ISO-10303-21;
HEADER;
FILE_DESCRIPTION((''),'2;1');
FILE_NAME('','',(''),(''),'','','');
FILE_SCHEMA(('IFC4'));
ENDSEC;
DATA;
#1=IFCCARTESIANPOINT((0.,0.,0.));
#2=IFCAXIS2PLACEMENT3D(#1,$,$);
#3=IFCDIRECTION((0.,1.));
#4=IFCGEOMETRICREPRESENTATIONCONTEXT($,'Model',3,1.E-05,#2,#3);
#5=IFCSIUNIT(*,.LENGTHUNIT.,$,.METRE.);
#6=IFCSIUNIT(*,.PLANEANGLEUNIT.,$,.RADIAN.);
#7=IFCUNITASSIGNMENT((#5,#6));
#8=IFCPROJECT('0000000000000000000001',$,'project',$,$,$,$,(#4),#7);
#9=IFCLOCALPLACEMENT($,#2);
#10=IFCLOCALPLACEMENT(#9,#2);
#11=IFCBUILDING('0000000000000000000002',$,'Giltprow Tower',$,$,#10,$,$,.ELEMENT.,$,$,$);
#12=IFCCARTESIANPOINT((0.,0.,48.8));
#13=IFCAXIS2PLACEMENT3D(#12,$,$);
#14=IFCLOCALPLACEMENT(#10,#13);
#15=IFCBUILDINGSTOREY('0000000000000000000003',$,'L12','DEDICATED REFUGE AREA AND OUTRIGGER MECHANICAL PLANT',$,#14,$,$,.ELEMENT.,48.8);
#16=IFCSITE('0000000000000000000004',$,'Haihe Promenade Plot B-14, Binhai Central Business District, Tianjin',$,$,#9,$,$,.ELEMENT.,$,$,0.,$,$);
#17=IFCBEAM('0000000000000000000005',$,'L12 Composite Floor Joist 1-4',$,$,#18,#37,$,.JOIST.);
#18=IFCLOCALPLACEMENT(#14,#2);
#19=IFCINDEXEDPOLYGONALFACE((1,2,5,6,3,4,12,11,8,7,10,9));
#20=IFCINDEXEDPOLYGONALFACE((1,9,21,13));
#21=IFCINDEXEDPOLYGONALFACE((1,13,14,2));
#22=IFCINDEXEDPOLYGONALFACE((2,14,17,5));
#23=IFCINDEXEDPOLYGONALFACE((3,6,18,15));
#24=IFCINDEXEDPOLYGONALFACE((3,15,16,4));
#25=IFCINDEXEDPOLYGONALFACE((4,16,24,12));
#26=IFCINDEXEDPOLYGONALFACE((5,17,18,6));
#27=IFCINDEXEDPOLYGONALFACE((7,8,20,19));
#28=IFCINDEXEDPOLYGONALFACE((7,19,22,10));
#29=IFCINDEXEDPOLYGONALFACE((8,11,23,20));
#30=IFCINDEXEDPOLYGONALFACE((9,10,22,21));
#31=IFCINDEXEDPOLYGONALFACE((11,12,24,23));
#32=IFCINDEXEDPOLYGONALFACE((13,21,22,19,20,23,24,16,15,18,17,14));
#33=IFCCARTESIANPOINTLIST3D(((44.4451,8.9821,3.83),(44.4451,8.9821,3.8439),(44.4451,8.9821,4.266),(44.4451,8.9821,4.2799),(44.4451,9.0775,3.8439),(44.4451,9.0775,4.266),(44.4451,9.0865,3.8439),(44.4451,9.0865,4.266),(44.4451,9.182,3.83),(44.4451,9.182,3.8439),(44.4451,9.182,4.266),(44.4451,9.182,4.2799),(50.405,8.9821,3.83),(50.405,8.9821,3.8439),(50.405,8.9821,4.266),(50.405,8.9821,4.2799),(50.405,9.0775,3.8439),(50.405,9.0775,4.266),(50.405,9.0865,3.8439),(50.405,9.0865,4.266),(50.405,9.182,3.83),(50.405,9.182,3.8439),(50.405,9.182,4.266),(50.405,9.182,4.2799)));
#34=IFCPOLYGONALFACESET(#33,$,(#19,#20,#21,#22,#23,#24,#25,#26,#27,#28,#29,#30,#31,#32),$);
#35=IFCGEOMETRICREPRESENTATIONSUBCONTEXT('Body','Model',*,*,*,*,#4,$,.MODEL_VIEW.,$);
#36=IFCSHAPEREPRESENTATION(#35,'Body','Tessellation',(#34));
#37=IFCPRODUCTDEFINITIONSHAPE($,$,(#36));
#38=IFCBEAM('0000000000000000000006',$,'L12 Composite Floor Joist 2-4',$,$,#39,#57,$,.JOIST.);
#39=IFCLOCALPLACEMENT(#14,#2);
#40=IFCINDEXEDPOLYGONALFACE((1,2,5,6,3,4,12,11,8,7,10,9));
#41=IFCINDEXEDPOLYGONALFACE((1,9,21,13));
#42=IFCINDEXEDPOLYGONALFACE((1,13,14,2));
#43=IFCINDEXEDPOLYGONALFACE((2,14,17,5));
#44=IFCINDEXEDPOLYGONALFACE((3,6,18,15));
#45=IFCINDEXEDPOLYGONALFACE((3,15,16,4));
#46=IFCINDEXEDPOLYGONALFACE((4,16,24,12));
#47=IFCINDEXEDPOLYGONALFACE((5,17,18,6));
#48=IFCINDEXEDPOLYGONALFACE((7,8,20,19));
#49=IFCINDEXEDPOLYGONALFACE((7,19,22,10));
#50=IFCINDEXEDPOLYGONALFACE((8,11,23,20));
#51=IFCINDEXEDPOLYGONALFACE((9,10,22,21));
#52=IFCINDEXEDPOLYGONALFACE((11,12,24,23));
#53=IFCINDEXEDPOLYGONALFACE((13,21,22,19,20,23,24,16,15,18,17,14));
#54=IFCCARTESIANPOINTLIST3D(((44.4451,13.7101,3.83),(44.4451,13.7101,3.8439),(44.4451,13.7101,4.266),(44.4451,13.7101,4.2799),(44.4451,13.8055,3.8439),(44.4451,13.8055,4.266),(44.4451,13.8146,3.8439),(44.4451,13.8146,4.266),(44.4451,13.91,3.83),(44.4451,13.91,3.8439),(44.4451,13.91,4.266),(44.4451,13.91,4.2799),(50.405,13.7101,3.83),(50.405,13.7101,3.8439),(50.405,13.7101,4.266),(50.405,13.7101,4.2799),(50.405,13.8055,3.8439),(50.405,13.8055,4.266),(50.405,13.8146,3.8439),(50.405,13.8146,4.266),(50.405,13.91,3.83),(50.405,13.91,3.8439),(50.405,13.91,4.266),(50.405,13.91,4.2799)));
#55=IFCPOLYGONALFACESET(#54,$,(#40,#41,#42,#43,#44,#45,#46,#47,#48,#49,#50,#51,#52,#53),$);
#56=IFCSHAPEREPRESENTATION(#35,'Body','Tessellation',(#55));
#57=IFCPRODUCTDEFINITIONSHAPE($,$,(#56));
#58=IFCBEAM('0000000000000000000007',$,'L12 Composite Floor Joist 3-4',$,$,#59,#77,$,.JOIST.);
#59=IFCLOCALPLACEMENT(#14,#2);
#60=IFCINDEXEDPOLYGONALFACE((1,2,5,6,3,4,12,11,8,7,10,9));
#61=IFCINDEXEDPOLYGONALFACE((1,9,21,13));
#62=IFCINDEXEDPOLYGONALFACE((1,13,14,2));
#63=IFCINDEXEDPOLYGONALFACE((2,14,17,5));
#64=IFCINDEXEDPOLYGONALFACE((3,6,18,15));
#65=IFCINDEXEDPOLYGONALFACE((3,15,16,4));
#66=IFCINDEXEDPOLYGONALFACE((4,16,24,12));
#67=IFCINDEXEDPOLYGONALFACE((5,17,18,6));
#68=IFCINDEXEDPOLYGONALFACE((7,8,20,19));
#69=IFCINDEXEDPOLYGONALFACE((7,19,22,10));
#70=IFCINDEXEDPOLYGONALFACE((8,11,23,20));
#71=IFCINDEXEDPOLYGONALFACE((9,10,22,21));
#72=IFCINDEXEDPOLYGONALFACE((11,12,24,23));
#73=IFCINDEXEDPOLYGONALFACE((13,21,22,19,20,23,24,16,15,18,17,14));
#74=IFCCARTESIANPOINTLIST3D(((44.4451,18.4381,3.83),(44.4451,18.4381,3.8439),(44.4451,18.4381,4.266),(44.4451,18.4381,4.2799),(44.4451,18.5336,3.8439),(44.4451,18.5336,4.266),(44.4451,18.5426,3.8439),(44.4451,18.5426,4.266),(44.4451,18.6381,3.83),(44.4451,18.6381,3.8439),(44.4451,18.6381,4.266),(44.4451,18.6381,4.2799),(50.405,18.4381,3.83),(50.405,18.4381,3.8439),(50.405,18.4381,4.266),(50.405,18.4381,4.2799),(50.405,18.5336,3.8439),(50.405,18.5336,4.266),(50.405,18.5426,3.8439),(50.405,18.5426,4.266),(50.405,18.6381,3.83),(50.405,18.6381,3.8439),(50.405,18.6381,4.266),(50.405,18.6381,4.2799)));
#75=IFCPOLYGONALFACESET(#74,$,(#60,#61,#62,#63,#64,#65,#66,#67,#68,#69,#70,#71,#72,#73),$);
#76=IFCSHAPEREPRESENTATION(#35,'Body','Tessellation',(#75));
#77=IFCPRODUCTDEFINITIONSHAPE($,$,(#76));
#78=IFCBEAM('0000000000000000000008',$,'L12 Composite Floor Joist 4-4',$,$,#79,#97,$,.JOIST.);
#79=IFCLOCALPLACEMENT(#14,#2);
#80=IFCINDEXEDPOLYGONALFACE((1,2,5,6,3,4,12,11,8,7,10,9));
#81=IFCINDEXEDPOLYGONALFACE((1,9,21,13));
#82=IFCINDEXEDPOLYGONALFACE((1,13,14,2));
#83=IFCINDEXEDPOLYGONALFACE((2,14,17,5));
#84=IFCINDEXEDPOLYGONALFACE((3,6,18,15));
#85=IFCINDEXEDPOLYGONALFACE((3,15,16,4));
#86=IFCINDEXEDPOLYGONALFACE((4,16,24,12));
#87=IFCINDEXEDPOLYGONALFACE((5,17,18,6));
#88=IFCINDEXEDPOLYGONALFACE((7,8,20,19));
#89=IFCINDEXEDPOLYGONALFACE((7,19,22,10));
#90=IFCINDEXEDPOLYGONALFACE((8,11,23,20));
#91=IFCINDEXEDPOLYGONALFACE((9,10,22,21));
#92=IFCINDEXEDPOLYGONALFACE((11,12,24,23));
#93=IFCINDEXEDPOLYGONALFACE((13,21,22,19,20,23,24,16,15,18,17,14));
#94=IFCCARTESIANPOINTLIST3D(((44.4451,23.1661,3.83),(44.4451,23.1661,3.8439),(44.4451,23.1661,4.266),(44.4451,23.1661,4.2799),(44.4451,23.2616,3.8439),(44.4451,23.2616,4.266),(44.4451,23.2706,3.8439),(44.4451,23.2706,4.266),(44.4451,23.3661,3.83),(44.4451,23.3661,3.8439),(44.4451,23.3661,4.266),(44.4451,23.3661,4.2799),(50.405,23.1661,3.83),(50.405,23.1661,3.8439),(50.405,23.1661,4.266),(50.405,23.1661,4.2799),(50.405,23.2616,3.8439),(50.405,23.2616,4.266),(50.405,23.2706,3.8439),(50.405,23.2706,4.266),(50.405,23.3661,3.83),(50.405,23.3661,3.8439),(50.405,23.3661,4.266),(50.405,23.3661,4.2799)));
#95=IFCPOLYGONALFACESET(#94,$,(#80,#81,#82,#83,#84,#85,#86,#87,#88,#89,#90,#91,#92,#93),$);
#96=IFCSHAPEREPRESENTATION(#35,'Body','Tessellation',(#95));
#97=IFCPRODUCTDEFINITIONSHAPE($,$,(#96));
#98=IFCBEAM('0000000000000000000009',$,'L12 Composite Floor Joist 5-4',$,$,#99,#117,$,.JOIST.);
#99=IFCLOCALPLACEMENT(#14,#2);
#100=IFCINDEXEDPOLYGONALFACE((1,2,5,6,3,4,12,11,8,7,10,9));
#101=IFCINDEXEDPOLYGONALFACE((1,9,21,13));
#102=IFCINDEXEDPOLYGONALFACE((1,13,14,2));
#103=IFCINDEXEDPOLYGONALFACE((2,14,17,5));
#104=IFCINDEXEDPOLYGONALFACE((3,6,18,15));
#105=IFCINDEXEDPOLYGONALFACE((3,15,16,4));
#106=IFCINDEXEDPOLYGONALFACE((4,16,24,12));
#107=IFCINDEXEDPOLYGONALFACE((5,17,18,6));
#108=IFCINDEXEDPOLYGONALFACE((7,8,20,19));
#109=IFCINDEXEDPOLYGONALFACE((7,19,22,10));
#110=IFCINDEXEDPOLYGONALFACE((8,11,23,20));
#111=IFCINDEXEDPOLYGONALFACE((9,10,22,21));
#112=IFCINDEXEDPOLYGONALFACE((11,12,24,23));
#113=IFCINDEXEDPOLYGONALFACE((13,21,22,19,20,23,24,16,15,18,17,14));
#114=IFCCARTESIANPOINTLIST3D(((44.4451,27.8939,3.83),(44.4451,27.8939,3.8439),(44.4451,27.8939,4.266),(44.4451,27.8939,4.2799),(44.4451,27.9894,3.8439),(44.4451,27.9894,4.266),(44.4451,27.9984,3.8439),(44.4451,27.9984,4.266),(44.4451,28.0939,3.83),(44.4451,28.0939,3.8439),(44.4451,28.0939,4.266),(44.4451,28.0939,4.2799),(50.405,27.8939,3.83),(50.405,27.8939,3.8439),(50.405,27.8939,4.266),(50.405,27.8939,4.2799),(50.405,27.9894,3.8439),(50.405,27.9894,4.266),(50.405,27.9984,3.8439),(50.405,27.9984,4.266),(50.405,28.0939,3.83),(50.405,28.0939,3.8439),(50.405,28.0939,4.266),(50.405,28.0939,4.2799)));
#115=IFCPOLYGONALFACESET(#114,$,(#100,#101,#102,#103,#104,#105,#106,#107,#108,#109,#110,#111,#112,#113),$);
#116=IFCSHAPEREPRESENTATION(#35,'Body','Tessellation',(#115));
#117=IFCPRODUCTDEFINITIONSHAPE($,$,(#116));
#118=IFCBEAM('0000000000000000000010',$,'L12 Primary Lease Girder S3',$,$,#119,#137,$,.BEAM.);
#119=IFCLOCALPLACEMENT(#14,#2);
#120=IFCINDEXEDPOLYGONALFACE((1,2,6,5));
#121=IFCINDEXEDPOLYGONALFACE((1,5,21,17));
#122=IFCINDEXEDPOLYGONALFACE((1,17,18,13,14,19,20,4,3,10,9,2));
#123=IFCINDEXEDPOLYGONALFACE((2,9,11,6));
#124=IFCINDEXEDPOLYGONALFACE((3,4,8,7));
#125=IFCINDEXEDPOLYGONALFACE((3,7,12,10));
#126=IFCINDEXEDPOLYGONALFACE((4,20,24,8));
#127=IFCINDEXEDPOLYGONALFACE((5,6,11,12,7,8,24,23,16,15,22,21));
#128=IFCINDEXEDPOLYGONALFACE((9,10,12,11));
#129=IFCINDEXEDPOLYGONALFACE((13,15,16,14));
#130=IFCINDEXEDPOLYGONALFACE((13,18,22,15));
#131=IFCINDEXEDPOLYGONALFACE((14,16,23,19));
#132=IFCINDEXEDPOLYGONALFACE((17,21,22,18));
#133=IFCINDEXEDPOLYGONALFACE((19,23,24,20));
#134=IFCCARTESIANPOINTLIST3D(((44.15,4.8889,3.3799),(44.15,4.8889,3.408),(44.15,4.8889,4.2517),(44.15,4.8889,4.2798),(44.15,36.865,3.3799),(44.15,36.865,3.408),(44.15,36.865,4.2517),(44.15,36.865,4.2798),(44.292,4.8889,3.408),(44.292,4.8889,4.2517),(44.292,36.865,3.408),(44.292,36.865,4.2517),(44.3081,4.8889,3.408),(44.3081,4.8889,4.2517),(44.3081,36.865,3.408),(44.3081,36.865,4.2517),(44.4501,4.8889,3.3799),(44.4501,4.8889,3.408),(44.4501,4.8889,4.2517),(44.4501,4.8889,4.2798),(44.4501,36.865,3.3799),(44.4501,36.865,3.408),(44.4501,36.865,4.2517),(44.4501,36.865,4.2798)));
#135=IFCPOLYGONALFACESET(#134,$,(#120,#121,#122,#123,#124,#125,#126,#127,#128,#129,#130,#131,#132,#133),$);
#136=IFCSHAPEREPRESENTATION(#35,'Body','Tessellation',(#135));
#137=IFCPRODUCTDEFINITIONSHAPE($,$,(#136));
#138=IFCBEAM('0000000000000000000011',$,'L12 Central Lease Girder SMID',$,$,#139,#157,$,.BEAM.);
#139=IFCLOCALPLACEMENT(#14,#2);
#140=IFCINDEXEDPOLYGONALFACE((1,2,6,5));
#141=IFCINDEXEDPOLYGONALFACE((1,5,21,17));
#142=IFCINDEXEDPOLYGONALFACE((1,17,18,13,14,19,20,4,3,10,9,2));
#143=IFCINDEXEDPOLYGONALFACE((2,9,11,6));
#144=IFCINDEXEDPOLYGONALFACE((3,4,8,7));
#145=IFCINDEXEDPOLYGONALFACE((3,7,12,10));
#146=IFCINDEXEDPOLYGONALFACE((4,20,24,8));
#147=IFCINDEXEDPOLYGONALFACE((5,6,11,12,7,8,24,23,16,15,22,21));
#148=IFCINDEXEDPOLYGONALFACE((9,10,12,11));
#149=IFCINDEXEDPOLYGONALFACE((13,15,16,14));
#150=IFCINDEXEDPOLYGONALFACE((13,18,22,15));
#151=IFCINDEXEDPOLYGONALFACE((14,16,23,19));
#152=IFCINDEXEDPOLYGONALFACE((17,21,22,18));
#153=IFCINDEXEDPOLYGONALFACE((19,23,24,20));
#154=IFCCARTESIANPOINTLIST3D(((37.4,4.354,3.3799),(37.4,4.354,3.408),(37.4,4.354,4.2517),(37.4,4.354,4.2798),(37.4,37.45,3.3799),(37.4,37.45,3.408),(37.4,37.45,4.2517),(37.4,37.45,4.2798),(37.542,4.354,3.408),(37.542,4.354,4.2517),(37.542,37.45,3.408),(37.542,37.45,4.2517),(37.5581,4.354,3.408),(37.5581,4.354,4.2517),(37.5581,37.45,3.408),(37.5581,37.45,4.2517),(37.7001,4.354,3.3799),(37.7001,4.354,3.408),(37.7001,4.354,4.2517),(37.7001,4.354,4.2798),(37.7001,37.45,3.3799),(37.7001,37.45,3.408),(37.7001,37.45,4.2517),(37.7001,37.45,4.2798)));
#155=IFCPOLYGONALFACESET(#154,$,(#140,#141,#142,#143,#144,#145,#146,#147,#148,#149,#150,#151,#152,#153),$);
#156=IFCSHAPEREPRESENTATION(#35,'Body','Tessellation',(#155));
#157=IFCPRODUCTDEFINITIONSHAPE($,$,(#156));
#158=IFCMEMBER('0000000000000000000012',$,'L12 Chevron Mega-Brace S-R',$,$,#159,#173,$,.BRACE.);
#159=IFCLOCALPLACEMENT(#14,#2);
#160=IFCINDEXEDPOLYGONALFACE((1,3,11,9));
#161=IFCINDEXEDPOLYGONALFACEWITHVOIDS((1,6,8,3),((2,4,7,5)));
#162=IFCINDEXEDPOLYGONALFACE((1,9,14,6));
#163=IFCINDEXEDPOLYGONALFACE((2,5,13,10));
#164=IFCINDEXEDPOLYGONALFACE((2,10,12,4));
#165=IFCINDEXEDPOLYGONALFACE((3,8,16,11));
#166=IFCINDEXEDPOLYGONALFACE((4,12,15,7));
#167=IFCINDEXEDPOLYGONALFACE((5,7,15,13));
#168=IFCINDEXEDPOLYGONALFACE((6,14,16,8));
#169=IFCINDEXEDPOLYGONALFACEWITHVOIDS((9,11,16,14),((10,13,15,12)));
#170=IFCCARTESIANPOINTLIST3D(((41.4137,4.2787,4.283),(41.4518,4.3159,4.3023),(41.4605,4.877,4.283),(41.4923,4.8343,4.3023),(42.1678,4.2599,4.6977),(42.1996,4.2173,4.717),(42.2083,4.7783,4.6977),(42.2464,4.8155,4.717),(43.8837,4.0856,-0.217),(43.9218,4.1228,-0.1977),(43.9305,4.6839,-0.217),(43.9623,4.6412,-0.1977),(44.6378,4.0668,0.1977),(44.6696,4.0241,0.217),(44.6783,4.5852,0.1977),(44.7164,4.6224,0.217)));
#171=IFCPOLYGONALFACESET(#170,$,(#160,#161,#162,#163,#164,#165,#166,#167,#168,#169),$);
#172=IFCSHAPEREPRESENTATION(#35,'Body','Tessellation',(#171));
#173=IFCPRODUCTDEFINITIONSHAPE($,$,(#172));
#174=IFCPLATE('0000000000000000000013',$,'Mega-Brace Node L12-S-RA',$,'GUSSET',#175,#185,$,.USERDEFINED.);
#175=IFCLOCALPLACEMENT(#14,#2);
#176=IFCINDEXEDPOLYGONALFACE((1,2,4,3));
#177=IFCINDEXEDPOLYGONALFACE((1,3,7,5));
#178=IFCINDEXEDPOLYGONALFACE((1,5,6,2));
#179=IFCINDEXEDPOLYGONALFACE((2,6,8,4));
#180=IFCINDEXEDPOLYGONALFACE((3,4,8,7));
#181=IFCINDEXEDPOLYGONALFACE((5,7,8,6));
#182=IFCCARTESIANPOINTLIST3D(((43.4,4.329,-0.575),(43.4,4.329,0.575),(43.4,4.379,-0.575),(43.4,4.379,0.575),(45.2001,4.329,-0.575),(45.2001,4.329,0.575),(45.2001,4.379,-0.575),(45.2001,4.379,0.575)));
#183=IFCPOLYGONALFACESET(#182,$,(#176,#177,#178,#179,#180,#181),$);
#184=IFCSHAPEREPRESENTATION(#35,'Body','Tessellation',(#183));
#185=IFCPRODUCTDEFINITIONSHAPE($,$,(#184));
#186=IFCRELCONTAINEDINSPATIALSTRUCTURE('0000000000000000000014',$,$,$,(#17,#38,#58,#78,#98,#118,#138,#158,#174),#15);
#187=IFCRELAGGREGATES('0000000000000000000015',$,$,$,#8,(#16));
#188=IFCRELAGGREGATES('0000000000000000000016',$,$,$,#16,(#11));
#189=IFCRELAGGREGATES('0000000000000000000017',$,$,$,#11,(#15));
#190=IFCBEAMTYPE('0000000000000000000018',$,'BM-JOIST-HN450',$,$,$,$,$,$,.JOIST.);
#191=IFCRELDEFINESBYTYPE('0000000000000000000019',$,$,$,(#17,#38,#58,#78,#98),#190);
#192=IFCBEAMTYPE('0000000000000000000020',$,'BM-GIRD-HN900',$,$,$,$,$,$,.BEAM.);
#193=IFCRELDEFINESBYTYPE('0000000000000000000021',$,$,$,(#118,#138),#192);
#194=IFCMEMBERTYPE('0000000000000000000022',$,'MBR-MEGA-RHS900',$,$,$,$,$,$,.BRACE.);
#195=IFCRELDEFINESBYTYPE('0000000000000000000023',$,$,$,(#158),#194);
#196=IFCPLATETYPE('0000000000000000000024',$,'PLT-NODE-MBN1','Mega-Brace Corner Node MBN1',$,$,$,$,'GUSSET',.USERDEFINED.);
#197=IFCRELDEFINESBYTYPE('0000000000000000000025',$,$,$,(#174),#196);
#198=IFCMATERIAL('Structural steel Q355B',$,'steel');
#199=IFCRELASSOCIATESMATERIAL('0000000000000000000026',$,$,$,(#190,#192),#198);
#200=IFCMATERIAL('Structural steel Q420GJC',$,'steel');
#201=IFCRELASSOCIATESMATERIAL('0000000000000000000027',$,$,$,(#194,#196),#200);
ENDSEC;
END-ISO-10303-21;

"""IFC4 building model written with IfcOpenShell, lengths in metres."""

from ifc_helpers import new_model, si_unit, direction, frame, origin, origin_2d, place, context, subcontext, project, spatial, rectangle, hollow_rectangle, i_section, extrude, source, transform, mapped, material, material_profile, profile_set, type_object, element, save


model = new_model("IFC4")

# Units and contexts
model_context = context("Model", 3, precision=1e-05, world=origin(), true_north=direction((0.0, 1.0)))
body_context = subcontext(model_context, "Body", "Model", "MODEL_VIEW")
ifc_project = project(units=[si_unit("LENGTHUNIT", "METRE"), si_unit("PLANEANGLEUNIT", "RADIAN")], contexts=[model_context])

# Site, building, storey
site_placement = place(None, origin())
site = spatial("IfcSite", under=ifc_project, at=site_placement, Name="Haihe Promenade Plot B-14, Binhai Central Business District, Tianjin", CompositionType="ELEMENT", RefElevation=0.0)
building_placement = place(site_placement, origin())
building = spatial("IfcBuilding", under=site, at=building_placement, Name="Giltprow Tower", CompositionType="ELEMENT")
storey_placement = place(building_placement, frame((0.0, 0.0, 48.8)))
storey = spatial("IfcBuildingStorey", under=building, at=storey_placement, Name="L12", Description="DEDICATED REFUGE AREA AND OUTRIGGER MECHANICAL PLANT", CompositionType="ELEMENT", Elevation=48.8)

# Shared definitions
ifc_material_1 = material(Name="Structural steel Q420GJC", Category="steel")

# Beams
ifc_material_2 = material(Name="Structural steel Q355B", Category="steel")
ifc_material_profile_1 = material_profile(ifc_material_2, i_section(OverallWidth=0.2, OverallDepth=0.45, WebThickness=0.009, FlangeThickness=0.0139, at=origin_2d()), Name="HN 450x200x9x14")
ifc_profile_set_1 = profile_set([ifc_material_profile_1], Name="Structural steel Q355B")
beam_type_1 = type_object("IfcBeamType", Name="BM-JOIST-HN450", PredefinedType="JOIST", material=ifc_profile_set_1)
shared_shape_1 = source(origin(), body_context, "Body", "SweptSolid", [
    extrude(i_section(OverallWidth=0.2, OverallDepth=0.45, WebThickness=0.009, FlangeThickness=0.0139, at=origin_2d()), origin(), (0.0, 0.0, 1.0), 5.96),
])
for number, where, z_axis, x_axis, name in (
    (1, (44.4451, 9.082, 4.0549), (1.0, 0.0, 0.0), (0.0, 1.0, 0.0), "L12 Composite Floor Joist 1-4"),
    (2, (44.4451, 13.8101, 4.0549), (1.0, 0.0, 0.0), (0.0, 1.0, 0.0), "L12 Composite Floor Joist 2-4"),
    (3, (44.4451, 18.5381, 4.0549), (1.0, 0.0, 0.0), (0.0, 1.0, 0.0), "L12 Composite Floor Joist 3-4"),
    (4, (44.4451, 23.2661, 4.0549), (1.0, 0.0, 0.0), (0.0, 1.0, 0.0), "L12 Composite Floor Joist 4-4"),
    (5, (44.4451, 27.9939, 4.0549), (1.0, 0.0, 0.0), (0.0, 1.0, 0.0), "L12 Composite Floor Joist 5-4"),
):
    element("IfcBeam", number, at=place(storey_placement, frame(where, z_axis=z_axis, x_axis=x_axis)), inside=storey, type_object=beam_type_1, Name=name, PredefinedType="JOIST", context=body_context, shape_type="MappedRepresentation", body=[
        mapped(shared_shape_1, transform((0.0, 0.0, 0.0), x_axis=(1.0, 0.0, 0.0), y_axis=(0.0, 1.0, 0.0), z_axis=(0.0, 0.0, 1.0), scale=1.0)),
    ])
ifc_material_profile_2 = material_profile(ifc_material_2, i_section(OverallWidth=0.3, OverallDepth=0.8999, WebThickness=0.0161, FlangeThickness=0.0281, at=origin_2d()), Name="HN 900x300x16x28")
ifc_profile_set_2 = profile_set([ifc_material_profile_2], Name="Structural steel Q355B")
beam_type_2 = type_object("IfcBeamType", Name="BM-GIRD-HN900", PredefinedType="BEAM", material=ifc_profile_set_2)
shared_shape_2 = source(origin(), body_context, "Body", "SweptSolid", [
    extrude(i_section(OverallWidth=0.3, OverallDepth=0.8999, WebThickness=0.0161, FlangeThickness=0.0281, at=origin_2d()), origin(), (0.0, 0.0, 1.0), 31.9761),
])
beam_1_placement = place(storey_placement, frame((44.3, 4.8889, 3.8298), z_axis=(0.0, 1.0, 0.0), x_axis=(-1.0, 0.0, 0.0)))
element("IfcBeam", 6, at=beam_1_placement, inside=storey, type_object=beam_type_2, Name="L12 Primary Lease Girder S3", PredefinedType="BEAM", context=body_context, shape_type="MappedRepresentation", body=[
    mapped(shared_shape_2, transform((0.0, 0.0, 0.0), x_axis=(1.0, 0.0, 0.0), y_axis=(0.0, 1.0, 0.0), z_axis=(0.0, 0.0, 1.0), scale=1.0)),
])
shared_shape_3 = source(origin(), body_context, "Body", "SweptSolid", [
    extrude(i_section(OverallWidth=0.3, OverallDepth=0.8999, WebThickness=0.0161, FlangeThickness=0.0281, at=origin_2d()), origin(), (0.0, 0.0, 1.0), 33.0959),
])
beam_2_placement = place(storey_placement, frame((37.55, 4.354, 3.8298), z_axis=(0.0, 1.0, 0.0), x_axis=(-1.0, 0.0, 0.0)))
element("IfcBeam", 7, at=beam_2_placement, inside=storey, type_object=beam_type_2, Name="L12 Central Lease Girder SMID", PredefinedType="BEAM", context=body_context, shape_type="MappedRepresentation", body=[
    mapped(shared_shape_3, transform((0.0, 0.0, 0.0), x_axis=(1.0, 0.0, 0.0), y_axis=(0.0, 1.0, 0.0), z_axis=(0.0, 0.0, 1.0), scale=1.0)),
])

# Member
ifc_material_profile_3 = material_profile(ifc_material_1, hollow_rectangle(XDim=0.6001, YDim=0.8999, WallThickness=0.04, at=origin_2d()), Name="RHS 900x600x40")
ifc_profile_set_3 = profile_set([ifc_material_profile_3], Name="Structural steel Q420GJC")
member_type = type_object("IfcMemberType", Name="MBR-MEGA-RHS900", PredefinedType="BRACE", material=ifc_profile_set_3)
shared_shape_4 = source(origin(), body_context, "Body", "SweptSolid", [
    extrude(hollow_rectangle(XDim=0.6001, YDim=0.8999, WallThickness=0.04, at=origin_2d()), origin(), (0.0, 0.0, 1.0), 5.137),
])
member_placement = place(storey_placement, frame((44.3, 4.354, 0.0), z_axis=(-0.480826, 0.037594, 0.87601), x_axis=(-0.077947, -0.996957, 0.0)))
element("IfcMember", 8, at=member_placement, inside=storey, type_object=member_type, Name="L12 Chevron Mega-Brace S-R", PredefinedType="BRACE", context=body_context, shape_type="MappedRepresentation", body=[
    mapped(shared_shape_4, transform((0.0, 0.0, 0.0), x_axis=(1.0, 0.0, 0.0), y_axis=(0.0, 1.0, 0.0), z_axis=(0.0, 0.0, 1.0), scale=1.0)),
])

# Plate
plate_type_1 = type_object("IfcPlateType", Name="PLT-NODE-MBN1", Description="Mega-Brace Corner Node MBN1", ElementType="GUSSET", PredefinedType="USERDEFINED", material=ifc_material_1)
shared_shape_5 = source(origin(), body_context, "Body", "SweptSolid", [
    extrude(rectangle(XDim=1.8, YDim=0.05, at=origin_2d()), origin(), (0.0, 0.0, 1.0), 1.1499),
])
plate_placement = place(storey_placement, frame((44.3, 4.354, -0.575), z_axis=(0.0, 0.0, 1.0), x_axis=(1.0, 0.0, 0.0)))
element("IfcPlate", 9, at=plate_placement, inside=storey, type_object=plate_type_1, Name="Mega-Brace Node L12-S-RA", ObjectType="GUSSET", PredefinedType="USERDEFINED", context=body_context, shape_type="MappedRepresentation", body=[
    mapped(shared_shape_5, transform((0.0, 0.0, 0.0), x_axis=(1.0, 0.0, 0.0), y_axis=(0.0, 1.0, 0.0), z_axis=(0.0, 0.0, 1.0), scale=1.0)),
])

save(model, "model.ifc")
